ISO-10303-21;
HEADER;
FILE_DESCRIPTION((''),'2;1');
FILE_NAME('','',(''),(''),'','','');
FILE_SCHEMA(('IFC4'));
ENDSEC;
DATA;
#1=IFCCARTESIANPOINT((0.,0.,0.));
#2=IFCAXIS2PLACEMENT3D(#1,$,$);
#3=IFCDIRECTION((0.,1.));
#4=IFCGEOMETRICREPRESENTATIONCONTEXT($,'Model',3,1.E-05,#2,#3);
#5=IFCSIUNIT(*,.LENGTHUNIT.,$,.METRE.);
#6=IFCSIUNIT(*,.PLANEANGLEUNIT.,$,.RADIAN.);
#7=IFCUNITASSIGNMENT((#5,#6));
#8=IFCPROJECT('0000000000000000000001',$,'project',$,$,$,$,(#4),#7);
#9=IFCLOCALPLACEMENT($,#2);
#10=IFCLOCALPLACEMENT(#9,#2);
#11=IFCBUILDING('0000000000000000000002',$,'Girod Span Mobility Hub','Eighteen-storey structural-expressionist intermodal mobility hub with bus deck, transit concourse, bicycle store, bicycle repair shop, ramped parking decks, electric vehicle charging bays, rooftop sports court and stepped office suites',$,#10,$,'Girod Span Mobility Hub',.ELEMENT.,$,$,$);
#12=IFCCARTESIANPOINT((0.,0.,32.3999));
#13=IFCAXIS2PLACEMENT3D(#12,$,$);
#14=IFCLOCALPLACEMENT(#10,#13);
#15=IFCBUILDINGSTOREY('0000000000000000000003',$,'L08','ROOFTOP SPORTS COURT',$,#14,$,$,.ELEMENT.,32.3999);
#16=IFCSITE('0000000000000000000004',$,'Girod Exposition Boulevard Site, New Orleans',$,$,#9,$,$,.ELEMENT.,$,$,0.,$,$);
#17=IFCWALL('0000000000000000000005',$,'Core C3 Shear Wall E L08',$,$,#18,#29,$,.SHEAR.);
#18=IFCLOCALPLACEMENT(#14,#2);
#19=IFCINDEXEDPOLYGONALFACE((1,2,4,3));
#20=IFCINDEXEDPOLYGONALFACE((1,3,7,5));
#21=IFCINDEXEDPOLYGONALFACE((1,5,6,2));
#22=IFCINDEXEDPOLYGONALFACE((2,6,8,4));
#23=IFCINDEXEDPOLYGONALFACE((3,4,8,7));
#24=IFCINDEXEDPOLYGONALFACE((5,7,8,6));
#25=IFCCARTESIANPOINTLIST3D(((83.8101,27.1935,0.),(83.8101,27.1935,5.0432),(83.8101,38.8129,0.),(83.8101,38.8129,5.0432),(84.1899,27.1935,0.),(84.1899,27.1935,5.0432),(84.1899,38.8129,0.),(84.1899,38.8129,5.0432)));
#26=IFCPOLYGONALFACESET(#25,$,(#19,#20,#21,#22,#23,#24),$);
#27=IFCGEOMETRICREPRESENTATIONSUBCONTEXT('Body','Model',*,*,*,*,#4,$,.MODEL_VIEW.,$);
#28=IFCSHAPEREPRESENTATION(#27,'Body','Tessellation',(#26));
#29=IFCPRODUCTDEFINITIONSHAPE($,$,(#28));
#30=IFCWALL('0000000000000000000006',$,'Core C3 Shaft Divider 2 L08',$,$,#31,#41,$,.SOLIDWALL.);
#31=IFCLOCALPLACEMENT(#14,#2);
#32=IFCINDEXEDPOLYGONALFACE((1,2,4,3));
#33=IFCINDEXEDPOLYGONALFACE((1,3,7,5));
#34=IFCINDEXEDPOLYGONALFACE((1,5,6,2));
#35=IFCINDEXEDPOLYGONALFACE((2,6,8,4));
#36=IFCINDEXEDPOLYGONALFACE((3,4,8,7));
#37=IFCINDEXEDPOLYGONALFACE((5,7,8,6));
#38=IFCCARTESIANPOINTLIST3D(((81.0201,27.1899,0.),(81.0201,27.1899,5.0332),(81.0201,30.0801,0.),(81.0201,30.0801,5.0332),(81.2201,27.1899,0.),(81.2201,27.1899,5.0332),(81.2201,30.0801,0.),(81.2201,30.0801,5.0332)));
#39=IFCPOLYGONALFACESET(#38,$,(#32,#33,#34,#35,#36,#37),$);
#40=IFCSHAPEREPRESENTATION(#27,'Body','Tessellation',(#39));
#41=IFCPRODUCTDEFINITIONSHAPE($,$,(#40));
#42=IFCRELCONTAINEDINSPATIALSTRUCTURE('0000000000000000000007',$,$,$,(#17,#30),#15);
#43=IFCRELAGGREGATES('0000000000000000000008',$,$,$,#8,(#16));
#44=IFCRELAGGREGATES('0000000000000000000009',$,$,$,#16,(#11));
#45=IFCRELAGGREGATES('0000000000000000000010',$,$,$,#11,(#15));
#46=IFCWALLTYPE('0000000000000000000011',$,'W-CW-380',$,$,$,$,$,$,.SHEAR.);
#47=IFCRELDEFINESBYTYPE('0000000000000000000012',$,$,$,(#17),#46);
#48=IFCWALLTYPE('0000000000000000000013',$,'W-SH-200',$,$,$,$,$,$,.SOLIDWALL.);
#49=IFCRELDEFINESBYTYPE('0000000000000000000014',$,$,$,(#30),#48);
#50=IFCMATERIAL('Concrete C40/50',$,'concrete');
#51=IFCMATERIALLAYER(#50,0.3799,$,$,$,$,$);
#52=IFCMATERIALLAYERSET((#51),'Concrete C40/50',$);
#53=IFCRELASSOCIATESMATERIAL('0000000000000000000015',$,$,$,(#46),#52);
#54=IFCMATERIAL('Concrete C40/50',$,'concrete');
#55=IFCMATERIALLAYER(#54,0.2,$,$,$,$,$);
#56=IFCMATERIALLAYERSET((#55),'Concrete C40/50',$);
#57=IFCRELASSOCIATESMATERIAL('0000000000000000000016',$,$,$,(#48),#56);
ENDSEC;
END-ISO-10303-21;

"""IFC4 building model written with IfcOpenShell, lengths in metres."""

from ifc_helpers import new_model, si_unit, direction, frame, frame_2d, origin, place, context, subcontext, project, spatial, rectangle, extrude, material, layer, layer_set, type_object, element, save


model = new_model("IFC4")

# Units and contexts
model_context = context("Model", 3, precision=1e-05, world=origin(), true_north=direction((0.0, 1.0)))
body_context = subcontext(model_context, "Body", "Model", "MODEL_VIEW")
ifc_project = project(units=[si_unit("LENGTHUNIT", "METRE"), si_unit("PLANEANGLEUNIT", "RADIAN")], contexts=[model_context])

# Site, building, storey
site_placement = place(None, origin())
site = spatial("IfcSite", under=ifc_project, at=site_placement, Name="Girod Exposition Boulevard Site, New Orleans", CompositionType="ELEMENT", RefElevation=0.0)
building_placement = place(site_placement, origin())
building = spatial("IfcBuilding", under=site, at=building_placement, Name="Girod Span Mobility Hub", Description="Eighteen-storey structural-expressionist intermodal mobility hub with bus deck, transit concourse, bicycle store, bicycle repair shop, ramped parking decks, electric vehicle charging bays, rooftop sports court and stepped office suites", LongName="Girod Span Mobility Hub", CompositionType="ELEMENT")
storey_placement = place(building_placement, frame((0.0, 0.0, 32.3999)))
storey = spatial("IfcBuildingStorey", under=building, at=storey_placement, Name="L08", Description="ROOFTOP SPORTS COURT", CompositionType="ELEMENT", Elevation=32.3999)

# Walls
ifc_material_1 = material(Name="Concrete C40/50", Category="concrete")
ifc_layer_1 = layer(ifc_material_1, 0.3799)
ifc_layer_set_1 = layer_set([ifc_layer_1], Name="Concrete C40/50")
wall_type_1 = type_object("IfcWallType", Name="W-CW-380", PredefinedType="SHEAR", material=ifc_layer_set_1)
wall_1_placement = place(storey_placement, frame((84.0, 27.1936, 0.0), z_axis=(0.0, 0.0, 1.0), x_axis=(0.0, 1.0, 0.0)))
element("IfcWall", 1, at=wall_1_placement, inside=storey, type_object=wall_type_1, Name="Core C3 Shear Wall E L08", PredefinedType="SHEAR", context=body_context, shape_type="SweptSolid", body=[
    extrude(rectangle(XDim=11.6194, YDim=0.3799, at=frame_2d((5.8096, 0.0))), origin(), (0.0, 0.0, 1.0), 5.0432),
])
ifc_material_2 = material(Name="Concrete C40/50", Category="concrete")
ifc_layer_2 = layer(ifc_material_2, 0.2)
ifc_layer_set_2 = layer_set([ifc_layer_2], Name="Concrete C40/50")
wall_type_2 = type_object("IfcWallType", Name="W-SH-200", PredefinedType="SOLIDWALL", material=ifc_layer_set_2)
wall_2_placement = place(storey_placement, frame((81.1201, 27.1899, 0.0), z_axis=(0.0, 0.0, 1.0), x_axis=(0.0, 1.0, 0.0)))
element("IfcWall", 2, at=wall_2_placement, inside=storey, type_object=wall_type_2, Name="Core C3 Shaft Divider 2 L08", PredefinedType="SOLIDWALL", context=body_context, shape_type="SweptSolid", body=[
    extrude(rectangle(XDim=2.8901, YDim=0.2, at=frame_2d((1.4451, 0.0))), origin(), (0.0, 0.0, 1.0), 5.0332),
])

save(model, "model.ifc")
